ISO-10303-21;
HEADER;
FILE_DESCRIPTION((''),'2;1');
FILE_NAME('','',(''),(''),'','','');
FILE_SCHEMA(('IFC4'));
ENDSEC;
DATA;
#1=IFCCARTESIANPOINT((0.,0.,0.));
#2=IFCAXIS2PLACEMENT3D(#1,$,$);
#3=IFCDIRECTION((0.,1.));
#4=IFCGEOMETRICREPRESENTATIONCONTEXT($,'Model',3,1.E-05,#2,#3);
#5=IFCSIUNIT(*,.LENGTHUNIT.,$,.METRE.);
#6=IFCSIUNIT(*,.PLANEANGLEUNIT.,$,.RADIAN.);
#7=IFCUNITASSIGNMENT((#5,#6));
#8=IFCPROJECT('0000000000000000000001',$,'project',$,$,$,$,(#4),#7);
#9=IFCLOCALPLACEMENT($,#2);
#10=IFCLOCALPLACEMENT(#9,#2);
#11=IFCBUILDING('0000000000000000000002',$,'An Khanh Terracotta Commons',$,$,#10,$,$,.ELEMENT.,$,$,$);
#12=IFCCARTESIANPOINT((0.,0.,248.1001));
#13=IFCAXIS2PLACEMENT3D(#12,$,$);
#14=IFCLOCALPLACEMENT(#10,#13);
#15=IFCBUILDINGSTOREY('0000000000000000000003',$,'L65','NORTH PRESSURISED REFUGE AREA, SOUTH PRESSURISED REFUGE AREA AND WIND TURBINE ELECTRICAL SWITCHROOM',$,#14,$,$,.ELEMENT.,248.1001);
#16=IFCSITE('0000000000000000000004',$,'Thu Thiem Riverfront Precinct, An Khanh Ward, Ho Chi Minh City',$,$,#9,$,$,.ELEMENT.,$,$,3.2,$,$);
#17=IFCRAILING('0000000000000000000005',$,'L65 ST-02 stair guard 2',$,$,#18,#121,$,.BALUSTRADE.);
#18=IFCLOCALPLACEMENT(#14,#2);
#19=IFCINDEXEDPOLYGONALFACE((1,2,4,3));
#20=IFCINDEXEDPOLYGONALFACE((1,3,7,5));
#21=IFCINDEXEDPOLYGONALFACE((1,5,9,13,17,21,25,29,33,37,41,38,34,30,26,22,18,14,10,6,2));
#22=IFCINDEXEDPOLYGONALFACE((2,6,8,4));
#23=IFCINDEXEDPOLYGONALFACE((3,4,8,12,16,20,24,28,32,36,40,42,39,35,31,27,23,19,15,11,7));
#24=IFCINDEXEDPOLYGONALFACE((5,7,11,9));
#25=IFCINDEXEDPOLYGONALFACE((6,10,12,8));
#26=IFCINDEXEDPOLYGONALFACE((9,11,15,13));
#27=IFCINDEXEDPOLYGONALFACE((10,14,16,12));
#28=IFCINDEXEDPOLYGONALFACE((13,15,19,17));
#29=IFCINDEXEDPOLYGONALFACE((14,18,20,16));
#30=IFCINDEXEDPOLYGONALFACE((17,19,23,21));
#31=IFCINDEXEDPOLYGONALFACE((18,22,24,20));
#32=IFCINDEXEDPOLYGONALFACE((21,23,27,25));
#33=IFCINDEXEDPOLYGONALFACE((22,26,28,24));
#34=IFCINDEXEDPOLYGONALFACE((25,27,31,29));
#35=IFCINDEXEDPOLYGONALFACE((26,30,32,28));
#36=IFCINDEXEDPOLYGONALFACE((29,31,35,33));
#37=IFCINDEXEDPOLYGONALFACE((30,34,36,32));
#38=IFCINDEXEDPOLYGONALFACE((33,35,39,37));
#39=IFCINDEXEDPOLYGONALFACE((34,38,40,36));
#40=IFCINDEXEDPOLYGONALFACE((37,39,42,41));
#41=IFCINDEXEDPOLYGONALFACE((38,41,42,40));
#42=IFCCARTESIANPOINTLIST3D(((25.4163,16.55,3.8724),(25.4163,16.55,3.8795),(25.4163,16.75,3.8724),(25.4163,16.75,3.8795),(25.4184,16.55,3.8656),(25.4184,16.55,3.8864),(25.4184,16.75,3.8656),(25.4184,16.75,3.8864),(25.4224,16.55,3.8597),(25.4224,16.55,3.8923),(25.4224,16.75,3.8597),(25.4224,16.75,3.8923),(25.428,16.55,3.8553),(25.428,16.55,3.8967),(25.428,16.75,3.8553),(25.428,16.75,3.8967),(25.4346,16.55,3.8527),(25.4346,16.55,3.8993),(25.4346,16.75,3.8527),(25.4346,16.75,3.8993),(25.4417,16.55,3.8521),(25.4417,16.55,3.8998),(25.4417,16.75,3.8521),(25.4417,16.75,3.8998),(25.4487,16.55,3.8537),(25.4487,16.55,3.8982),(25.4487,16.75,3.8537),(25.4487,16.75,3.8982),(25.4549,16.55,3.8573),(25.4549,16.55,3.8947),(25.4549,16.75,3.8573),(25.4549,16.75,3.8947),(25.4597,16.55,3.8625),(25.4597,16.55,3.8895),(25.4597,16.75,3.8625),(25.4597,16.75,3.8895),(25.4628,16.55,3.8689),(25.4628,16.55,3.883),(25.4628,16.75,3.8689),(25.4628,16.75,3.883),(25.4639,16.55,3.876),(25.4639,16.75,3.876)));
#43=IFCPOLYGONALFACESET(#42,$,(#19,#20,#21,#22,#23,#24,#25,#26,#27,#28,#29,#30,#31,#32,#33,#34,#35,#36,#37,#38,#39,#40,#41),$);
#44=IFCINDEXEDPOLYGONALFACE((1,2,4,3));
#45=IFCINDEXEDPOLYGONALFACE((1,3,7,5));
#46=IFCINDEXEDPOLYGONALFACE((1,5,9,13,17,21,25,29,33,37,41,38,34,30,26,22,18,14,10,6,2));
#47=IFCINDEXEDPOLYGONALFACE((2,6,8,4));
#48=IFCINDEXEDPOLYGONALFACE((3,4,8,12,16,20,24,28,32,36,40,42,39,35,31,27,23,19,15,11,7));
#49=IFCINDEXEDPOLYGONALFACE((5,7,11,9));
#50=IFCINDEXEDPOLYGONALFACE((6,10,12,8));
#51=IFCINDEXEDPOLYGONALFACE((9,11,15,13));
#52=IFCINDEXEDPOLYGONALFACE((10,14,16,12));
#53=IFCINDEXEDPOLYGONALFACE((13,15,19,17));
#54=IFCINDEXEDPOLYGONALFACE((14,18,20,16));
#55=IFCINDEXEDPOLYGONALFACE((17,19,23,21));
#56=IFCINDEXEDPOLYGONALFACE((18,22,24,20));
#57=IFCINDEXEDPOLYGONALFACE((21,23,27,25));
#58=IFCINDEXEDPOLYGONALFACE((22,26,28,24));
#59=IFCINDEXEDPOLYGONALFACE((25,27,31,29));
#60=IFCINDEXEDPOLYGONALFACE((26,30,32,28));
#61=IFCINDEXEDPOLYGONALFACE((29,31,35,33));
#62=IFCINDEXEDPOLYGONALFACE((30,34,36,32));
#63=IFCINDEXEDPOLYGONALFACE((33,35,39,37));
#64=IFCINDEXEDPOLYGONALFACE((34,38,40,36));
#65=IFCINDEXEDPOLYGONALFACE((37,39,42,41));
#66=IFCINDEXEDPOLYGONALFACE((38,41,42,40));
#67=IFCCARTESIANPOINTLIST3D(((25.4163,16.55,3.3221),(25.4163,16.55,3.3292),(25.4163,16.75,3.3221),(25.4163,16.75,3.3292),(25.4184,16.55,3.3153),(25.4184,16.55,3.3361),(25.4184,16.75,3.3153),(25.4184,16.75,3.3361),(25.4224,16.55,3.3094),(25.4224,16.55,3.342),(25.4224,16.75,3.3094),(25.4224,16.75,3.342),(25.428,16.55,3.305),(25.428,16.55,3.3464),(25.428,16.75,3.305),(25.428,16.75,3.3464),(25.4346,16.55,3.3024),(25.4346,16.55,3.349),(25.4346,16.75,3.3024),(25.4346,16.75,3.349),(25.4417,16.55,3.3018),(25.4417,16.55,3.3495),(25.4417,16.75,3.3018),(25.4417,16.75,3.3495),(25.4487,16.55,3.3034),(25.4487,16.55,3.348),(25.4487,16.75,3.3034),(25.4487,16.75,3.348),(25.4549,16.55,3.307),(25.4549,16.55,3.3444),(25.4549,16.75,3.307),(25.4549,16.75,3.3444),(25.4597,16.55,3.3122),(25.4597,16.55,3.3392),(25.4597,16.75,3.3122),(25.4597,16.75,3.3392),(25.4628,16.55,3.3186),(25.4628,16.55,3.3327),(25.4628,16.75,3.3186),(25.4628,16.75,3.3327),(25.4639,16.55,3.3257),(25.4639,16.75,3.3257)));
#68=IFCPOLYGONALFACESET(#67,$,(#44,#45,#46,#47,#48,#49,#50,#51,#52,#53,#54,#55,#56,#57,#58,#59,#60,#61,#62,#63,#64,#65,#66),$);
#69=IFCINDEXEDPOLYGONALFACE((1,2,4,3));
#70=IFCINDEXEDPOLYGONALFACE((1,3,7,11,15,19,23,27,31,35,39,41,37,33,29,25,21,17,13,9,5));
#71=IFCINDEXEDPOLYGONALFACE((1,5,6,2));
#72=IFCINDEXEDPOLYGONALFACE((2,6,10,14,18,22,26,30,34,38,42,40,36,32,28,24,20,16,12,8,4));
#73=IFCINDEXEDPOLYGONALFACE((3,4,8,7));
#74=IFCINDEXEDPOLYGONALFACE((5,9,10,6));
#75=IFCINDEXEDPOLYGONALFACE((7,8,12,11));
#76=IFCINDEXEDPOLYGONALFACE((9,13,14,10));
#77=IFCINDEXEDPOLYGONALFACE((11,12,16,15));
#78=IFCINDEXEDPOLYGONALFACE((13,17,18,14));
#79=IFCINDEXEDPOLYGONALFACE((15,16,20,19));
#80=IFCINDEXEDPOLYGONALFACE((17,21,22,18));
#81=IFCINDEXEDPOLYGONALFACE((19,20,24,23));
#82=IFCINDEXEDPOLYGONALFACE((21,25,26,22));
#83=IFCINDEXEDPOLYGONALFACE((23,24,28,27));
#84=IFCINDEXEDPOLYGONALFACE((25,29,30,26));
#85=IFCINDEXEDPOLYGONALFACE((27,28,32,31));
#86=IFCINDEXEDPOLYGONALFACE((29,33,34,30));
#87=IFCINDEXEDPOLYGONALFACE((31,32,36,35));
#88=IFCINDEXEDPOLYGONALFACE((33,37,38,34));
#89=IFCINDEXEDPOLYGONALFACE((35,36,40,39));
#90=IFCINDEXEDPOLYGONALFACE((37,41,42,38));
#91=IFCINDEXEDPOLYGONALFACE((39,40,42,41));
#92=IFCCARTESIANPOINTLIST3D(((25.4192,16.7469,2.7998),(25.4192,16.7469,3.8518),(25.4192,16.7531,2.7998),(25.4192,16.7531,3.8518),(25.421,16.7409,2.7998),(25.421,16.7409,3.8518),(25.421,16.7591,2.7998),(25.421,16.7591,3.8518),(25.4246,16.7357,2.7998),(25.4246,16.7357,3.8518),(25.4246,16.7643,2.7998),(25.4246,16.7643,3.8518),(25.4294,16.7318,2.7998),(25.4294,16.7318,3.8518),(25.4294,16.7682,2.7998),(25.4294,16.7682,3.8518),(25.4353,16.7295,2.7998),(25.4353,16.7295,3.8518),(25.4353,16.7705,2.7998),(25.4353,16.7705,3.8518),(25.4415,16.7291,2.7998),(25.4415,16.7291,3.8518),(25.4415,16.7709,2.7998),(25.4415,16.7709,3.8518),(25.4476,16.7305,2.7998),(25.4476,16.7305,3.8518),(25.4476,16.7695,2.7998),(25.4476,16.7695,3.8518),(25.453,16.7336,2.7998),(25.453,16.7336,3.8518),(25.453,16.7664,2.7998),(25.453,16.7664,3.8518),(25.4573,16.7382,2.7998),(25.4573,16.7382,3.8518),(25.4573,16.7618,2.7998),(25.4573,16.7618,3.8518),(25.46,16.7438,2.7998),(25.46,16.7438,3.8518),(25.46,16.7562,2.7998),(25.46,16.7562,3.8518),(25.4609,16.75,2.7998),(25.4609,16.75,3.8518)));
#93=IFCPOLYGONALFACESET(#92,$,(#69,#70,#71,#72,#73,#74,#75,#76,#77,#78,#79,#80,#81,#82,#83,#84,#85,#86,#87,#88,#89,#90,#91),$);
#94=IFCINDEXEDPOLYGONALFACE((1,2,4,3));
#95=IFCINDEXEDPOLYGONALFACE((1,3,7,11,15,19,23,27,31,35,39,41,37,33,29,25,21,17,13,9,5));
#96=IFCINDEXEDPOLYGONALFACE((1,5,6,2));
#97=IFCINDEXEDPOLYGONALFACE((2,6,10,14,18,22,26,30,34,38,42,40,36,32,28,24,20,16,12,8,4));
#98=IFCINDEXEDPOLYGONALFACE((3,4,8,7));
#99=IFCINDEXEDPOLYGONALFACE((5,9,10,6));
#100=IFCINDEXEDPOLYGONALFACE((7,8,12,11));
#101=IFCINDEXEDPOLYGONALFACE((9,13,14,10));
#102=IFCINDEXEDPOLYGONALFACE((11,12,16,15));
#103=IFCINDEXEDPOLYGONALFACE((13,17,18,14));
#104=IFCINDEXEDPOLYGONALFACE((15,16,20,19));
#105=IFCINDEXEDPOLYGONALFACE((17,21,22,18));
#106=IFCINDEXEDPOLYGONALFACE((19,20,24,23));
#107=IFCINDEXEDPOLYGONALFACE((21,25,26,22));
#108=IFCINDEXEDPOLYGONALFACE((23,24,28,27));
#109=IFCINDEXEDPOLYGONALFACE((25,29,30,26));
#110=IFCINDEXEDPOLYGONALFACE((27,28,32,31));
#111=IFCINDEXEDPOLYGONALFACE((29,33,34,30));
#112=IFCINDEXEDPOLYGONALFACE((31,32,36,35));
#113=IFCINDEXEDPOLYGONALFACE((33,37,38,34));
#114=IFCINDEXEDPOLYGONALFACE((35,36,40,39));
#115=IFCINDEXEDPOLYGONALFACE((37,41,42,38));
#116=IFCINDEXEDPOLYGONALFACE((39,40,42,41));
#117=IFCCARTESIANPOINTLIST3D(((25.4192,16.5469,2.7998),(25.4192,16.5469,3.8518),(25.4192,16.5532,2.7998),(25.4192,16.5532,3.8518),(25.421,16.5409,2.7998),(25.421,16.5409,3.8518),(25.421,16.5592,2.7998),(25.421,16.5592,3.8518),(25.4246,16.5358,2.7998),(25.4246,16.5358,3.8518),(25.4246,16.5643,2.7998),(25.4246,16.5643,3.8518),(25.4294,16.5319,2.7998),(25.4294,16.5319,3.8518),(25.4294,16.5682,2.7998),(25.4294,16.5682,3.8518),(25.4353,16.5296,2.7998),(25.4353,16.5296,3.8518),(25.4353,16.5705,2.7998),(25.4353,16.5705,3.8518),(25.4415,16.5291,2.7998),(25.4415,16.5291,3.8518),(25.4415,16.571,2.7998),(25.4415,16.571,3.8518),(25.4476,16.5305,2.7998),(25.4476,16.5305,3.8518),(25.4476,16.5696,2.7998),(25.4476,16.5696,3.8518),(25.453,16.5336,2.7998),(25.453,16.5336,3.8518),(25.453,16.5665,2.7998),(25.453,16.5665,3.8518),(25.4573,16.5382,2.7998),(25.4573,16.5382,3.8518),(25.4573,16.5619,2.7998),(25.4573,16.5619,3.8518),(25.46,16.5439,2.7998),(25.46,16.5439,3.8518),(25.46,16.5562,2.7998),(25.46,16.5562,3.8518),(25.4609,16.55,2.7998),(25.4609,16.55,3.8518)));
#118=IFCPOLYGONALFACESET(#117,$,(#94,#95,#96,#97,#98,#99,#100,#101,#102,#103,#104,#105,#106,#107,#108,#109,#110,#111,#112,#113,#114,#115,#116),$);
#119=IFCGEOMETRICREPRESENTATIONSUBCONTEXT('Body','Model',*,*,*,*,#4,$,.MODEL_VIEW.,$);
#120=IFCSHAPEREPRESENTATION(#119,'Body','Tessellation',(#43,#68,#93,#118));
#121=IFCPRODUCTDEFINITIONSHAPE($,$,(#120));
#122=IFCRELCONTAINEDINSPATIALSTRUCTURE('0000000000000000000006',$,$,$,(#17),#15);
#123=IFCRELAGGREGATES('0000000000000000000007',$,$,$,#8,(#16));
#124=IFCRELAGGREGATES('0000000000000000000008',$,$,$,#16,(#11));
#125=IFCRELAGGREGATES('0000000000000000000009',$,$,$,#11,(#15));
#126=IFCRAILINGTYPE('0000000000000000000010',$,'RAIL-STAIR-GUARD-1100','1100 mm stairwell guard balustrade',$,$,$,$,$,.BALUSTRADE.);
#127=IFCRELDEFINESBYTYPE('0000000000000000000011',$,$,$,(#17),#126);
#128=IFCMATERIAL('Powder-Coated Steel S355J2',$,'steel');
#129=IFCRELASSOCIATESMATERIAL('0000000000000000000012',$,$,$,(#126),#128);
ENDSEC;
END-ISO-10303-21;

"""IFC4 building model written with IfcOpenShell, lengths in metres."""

from ifc_helpers import new_model, si_unit, direction, frame, origin, origin_2d, place, context, subcontext, project, spatial, circle, extrude, material, type_object, element, save


model = new_model("IFC4")

# Units and contexts
model_context = context("Model", 3, precision=1e-05, world=origin(), true_north=direction((0.0, 1.0)))
body_context = subcontext(model_context, "Body", "Model", "MODEL_VIEW")
ifc_project = project(units=[si_unit("LENGTHUNIT", "METRE"), si_unit("PLANEANGLEUNIT", "RADIAN")], contexts=[model_context])

# Site, building, storey
site_placement = place(None, origin())
site = spatial("IfcSite", under=ifc_project, at=site_placement, Name="Thu Thiem Riverfront Precinct, An Khanh Ward, Ho Chi Minh City", CompositionType="ELEMENT", RefElevation=3.2)
building_placement = place(site_placement, origin())
building = spatial("IfcBuilding", under=site, at=building_placement, Name="An Khanh Terracotta Commons", CompositionType="ELEMENT")
storey_placement = place(building_placement, frame((0.0, 0.0, 248.1001)))
storey = spatial("IfcBuildingStorey", under=building, at=storey_placement, Name="L65", Description="NORTH PRESSURISED REFUGE AREA, SOUTH PRESSURISED REFUGE AREA AND WIND TURBINE ELECTRICAL SWITCHROOM", CompositionType="ELEMENT", Elevation=248.1001)

# Railing
ifc_material_1 = material(Name="Powder-Coated Steel S355J2", Category="steel")
railing_type_1 = type_object("IfcRailingType", Name="RAIL-STAIR-GUARD-1100", Description="1100 mm stairwell guard balustrade", PredefinedType="BALUSTRADE", material=ifc_material_1)
railing_1_placement = place(storey_placement, frame((25.4399, 16.75, 2.7998)))
element("IfcRailing", 1, at=railing_1_placement, inside=storey, type_object=railing_type_1, Name="L65 ST-02 stair guard 2", PredefinedType="BALUSTRADE", context=body_context, shape_type="SweptSolid", body=[
    extrude(circle(Radius=0.0239, at=origin_2d()), frame((0.0, 0.0, 1.0762), z_axis=(0.0, -1.0, 0.0), x_axis=(1.0, 0.0, 0.0)), (0.0, 0.0, 1.0), 0.2),
    extrude(circle(Radius=0.0239, at=origin_2d()), frame((0.0, 0.0, 0.5259), z_axis=(0.0, -1.0, 0.0), x_axis=(1.0, 0.0, 0.0)), (0.0, 0.0, 1.0), 0.2),
    extrude(circle(Radius=0.021, at=origin_2d()), origin(), (0.0, 0.0, 1.0), 1.052),
    extrude(circle(Radius=0.021, at=origin_2d()), frame((0.0, -0.2, 0.0)), (0.0, 0.0, 1.0), 1.052),
])

save(model, "model.ifc")
